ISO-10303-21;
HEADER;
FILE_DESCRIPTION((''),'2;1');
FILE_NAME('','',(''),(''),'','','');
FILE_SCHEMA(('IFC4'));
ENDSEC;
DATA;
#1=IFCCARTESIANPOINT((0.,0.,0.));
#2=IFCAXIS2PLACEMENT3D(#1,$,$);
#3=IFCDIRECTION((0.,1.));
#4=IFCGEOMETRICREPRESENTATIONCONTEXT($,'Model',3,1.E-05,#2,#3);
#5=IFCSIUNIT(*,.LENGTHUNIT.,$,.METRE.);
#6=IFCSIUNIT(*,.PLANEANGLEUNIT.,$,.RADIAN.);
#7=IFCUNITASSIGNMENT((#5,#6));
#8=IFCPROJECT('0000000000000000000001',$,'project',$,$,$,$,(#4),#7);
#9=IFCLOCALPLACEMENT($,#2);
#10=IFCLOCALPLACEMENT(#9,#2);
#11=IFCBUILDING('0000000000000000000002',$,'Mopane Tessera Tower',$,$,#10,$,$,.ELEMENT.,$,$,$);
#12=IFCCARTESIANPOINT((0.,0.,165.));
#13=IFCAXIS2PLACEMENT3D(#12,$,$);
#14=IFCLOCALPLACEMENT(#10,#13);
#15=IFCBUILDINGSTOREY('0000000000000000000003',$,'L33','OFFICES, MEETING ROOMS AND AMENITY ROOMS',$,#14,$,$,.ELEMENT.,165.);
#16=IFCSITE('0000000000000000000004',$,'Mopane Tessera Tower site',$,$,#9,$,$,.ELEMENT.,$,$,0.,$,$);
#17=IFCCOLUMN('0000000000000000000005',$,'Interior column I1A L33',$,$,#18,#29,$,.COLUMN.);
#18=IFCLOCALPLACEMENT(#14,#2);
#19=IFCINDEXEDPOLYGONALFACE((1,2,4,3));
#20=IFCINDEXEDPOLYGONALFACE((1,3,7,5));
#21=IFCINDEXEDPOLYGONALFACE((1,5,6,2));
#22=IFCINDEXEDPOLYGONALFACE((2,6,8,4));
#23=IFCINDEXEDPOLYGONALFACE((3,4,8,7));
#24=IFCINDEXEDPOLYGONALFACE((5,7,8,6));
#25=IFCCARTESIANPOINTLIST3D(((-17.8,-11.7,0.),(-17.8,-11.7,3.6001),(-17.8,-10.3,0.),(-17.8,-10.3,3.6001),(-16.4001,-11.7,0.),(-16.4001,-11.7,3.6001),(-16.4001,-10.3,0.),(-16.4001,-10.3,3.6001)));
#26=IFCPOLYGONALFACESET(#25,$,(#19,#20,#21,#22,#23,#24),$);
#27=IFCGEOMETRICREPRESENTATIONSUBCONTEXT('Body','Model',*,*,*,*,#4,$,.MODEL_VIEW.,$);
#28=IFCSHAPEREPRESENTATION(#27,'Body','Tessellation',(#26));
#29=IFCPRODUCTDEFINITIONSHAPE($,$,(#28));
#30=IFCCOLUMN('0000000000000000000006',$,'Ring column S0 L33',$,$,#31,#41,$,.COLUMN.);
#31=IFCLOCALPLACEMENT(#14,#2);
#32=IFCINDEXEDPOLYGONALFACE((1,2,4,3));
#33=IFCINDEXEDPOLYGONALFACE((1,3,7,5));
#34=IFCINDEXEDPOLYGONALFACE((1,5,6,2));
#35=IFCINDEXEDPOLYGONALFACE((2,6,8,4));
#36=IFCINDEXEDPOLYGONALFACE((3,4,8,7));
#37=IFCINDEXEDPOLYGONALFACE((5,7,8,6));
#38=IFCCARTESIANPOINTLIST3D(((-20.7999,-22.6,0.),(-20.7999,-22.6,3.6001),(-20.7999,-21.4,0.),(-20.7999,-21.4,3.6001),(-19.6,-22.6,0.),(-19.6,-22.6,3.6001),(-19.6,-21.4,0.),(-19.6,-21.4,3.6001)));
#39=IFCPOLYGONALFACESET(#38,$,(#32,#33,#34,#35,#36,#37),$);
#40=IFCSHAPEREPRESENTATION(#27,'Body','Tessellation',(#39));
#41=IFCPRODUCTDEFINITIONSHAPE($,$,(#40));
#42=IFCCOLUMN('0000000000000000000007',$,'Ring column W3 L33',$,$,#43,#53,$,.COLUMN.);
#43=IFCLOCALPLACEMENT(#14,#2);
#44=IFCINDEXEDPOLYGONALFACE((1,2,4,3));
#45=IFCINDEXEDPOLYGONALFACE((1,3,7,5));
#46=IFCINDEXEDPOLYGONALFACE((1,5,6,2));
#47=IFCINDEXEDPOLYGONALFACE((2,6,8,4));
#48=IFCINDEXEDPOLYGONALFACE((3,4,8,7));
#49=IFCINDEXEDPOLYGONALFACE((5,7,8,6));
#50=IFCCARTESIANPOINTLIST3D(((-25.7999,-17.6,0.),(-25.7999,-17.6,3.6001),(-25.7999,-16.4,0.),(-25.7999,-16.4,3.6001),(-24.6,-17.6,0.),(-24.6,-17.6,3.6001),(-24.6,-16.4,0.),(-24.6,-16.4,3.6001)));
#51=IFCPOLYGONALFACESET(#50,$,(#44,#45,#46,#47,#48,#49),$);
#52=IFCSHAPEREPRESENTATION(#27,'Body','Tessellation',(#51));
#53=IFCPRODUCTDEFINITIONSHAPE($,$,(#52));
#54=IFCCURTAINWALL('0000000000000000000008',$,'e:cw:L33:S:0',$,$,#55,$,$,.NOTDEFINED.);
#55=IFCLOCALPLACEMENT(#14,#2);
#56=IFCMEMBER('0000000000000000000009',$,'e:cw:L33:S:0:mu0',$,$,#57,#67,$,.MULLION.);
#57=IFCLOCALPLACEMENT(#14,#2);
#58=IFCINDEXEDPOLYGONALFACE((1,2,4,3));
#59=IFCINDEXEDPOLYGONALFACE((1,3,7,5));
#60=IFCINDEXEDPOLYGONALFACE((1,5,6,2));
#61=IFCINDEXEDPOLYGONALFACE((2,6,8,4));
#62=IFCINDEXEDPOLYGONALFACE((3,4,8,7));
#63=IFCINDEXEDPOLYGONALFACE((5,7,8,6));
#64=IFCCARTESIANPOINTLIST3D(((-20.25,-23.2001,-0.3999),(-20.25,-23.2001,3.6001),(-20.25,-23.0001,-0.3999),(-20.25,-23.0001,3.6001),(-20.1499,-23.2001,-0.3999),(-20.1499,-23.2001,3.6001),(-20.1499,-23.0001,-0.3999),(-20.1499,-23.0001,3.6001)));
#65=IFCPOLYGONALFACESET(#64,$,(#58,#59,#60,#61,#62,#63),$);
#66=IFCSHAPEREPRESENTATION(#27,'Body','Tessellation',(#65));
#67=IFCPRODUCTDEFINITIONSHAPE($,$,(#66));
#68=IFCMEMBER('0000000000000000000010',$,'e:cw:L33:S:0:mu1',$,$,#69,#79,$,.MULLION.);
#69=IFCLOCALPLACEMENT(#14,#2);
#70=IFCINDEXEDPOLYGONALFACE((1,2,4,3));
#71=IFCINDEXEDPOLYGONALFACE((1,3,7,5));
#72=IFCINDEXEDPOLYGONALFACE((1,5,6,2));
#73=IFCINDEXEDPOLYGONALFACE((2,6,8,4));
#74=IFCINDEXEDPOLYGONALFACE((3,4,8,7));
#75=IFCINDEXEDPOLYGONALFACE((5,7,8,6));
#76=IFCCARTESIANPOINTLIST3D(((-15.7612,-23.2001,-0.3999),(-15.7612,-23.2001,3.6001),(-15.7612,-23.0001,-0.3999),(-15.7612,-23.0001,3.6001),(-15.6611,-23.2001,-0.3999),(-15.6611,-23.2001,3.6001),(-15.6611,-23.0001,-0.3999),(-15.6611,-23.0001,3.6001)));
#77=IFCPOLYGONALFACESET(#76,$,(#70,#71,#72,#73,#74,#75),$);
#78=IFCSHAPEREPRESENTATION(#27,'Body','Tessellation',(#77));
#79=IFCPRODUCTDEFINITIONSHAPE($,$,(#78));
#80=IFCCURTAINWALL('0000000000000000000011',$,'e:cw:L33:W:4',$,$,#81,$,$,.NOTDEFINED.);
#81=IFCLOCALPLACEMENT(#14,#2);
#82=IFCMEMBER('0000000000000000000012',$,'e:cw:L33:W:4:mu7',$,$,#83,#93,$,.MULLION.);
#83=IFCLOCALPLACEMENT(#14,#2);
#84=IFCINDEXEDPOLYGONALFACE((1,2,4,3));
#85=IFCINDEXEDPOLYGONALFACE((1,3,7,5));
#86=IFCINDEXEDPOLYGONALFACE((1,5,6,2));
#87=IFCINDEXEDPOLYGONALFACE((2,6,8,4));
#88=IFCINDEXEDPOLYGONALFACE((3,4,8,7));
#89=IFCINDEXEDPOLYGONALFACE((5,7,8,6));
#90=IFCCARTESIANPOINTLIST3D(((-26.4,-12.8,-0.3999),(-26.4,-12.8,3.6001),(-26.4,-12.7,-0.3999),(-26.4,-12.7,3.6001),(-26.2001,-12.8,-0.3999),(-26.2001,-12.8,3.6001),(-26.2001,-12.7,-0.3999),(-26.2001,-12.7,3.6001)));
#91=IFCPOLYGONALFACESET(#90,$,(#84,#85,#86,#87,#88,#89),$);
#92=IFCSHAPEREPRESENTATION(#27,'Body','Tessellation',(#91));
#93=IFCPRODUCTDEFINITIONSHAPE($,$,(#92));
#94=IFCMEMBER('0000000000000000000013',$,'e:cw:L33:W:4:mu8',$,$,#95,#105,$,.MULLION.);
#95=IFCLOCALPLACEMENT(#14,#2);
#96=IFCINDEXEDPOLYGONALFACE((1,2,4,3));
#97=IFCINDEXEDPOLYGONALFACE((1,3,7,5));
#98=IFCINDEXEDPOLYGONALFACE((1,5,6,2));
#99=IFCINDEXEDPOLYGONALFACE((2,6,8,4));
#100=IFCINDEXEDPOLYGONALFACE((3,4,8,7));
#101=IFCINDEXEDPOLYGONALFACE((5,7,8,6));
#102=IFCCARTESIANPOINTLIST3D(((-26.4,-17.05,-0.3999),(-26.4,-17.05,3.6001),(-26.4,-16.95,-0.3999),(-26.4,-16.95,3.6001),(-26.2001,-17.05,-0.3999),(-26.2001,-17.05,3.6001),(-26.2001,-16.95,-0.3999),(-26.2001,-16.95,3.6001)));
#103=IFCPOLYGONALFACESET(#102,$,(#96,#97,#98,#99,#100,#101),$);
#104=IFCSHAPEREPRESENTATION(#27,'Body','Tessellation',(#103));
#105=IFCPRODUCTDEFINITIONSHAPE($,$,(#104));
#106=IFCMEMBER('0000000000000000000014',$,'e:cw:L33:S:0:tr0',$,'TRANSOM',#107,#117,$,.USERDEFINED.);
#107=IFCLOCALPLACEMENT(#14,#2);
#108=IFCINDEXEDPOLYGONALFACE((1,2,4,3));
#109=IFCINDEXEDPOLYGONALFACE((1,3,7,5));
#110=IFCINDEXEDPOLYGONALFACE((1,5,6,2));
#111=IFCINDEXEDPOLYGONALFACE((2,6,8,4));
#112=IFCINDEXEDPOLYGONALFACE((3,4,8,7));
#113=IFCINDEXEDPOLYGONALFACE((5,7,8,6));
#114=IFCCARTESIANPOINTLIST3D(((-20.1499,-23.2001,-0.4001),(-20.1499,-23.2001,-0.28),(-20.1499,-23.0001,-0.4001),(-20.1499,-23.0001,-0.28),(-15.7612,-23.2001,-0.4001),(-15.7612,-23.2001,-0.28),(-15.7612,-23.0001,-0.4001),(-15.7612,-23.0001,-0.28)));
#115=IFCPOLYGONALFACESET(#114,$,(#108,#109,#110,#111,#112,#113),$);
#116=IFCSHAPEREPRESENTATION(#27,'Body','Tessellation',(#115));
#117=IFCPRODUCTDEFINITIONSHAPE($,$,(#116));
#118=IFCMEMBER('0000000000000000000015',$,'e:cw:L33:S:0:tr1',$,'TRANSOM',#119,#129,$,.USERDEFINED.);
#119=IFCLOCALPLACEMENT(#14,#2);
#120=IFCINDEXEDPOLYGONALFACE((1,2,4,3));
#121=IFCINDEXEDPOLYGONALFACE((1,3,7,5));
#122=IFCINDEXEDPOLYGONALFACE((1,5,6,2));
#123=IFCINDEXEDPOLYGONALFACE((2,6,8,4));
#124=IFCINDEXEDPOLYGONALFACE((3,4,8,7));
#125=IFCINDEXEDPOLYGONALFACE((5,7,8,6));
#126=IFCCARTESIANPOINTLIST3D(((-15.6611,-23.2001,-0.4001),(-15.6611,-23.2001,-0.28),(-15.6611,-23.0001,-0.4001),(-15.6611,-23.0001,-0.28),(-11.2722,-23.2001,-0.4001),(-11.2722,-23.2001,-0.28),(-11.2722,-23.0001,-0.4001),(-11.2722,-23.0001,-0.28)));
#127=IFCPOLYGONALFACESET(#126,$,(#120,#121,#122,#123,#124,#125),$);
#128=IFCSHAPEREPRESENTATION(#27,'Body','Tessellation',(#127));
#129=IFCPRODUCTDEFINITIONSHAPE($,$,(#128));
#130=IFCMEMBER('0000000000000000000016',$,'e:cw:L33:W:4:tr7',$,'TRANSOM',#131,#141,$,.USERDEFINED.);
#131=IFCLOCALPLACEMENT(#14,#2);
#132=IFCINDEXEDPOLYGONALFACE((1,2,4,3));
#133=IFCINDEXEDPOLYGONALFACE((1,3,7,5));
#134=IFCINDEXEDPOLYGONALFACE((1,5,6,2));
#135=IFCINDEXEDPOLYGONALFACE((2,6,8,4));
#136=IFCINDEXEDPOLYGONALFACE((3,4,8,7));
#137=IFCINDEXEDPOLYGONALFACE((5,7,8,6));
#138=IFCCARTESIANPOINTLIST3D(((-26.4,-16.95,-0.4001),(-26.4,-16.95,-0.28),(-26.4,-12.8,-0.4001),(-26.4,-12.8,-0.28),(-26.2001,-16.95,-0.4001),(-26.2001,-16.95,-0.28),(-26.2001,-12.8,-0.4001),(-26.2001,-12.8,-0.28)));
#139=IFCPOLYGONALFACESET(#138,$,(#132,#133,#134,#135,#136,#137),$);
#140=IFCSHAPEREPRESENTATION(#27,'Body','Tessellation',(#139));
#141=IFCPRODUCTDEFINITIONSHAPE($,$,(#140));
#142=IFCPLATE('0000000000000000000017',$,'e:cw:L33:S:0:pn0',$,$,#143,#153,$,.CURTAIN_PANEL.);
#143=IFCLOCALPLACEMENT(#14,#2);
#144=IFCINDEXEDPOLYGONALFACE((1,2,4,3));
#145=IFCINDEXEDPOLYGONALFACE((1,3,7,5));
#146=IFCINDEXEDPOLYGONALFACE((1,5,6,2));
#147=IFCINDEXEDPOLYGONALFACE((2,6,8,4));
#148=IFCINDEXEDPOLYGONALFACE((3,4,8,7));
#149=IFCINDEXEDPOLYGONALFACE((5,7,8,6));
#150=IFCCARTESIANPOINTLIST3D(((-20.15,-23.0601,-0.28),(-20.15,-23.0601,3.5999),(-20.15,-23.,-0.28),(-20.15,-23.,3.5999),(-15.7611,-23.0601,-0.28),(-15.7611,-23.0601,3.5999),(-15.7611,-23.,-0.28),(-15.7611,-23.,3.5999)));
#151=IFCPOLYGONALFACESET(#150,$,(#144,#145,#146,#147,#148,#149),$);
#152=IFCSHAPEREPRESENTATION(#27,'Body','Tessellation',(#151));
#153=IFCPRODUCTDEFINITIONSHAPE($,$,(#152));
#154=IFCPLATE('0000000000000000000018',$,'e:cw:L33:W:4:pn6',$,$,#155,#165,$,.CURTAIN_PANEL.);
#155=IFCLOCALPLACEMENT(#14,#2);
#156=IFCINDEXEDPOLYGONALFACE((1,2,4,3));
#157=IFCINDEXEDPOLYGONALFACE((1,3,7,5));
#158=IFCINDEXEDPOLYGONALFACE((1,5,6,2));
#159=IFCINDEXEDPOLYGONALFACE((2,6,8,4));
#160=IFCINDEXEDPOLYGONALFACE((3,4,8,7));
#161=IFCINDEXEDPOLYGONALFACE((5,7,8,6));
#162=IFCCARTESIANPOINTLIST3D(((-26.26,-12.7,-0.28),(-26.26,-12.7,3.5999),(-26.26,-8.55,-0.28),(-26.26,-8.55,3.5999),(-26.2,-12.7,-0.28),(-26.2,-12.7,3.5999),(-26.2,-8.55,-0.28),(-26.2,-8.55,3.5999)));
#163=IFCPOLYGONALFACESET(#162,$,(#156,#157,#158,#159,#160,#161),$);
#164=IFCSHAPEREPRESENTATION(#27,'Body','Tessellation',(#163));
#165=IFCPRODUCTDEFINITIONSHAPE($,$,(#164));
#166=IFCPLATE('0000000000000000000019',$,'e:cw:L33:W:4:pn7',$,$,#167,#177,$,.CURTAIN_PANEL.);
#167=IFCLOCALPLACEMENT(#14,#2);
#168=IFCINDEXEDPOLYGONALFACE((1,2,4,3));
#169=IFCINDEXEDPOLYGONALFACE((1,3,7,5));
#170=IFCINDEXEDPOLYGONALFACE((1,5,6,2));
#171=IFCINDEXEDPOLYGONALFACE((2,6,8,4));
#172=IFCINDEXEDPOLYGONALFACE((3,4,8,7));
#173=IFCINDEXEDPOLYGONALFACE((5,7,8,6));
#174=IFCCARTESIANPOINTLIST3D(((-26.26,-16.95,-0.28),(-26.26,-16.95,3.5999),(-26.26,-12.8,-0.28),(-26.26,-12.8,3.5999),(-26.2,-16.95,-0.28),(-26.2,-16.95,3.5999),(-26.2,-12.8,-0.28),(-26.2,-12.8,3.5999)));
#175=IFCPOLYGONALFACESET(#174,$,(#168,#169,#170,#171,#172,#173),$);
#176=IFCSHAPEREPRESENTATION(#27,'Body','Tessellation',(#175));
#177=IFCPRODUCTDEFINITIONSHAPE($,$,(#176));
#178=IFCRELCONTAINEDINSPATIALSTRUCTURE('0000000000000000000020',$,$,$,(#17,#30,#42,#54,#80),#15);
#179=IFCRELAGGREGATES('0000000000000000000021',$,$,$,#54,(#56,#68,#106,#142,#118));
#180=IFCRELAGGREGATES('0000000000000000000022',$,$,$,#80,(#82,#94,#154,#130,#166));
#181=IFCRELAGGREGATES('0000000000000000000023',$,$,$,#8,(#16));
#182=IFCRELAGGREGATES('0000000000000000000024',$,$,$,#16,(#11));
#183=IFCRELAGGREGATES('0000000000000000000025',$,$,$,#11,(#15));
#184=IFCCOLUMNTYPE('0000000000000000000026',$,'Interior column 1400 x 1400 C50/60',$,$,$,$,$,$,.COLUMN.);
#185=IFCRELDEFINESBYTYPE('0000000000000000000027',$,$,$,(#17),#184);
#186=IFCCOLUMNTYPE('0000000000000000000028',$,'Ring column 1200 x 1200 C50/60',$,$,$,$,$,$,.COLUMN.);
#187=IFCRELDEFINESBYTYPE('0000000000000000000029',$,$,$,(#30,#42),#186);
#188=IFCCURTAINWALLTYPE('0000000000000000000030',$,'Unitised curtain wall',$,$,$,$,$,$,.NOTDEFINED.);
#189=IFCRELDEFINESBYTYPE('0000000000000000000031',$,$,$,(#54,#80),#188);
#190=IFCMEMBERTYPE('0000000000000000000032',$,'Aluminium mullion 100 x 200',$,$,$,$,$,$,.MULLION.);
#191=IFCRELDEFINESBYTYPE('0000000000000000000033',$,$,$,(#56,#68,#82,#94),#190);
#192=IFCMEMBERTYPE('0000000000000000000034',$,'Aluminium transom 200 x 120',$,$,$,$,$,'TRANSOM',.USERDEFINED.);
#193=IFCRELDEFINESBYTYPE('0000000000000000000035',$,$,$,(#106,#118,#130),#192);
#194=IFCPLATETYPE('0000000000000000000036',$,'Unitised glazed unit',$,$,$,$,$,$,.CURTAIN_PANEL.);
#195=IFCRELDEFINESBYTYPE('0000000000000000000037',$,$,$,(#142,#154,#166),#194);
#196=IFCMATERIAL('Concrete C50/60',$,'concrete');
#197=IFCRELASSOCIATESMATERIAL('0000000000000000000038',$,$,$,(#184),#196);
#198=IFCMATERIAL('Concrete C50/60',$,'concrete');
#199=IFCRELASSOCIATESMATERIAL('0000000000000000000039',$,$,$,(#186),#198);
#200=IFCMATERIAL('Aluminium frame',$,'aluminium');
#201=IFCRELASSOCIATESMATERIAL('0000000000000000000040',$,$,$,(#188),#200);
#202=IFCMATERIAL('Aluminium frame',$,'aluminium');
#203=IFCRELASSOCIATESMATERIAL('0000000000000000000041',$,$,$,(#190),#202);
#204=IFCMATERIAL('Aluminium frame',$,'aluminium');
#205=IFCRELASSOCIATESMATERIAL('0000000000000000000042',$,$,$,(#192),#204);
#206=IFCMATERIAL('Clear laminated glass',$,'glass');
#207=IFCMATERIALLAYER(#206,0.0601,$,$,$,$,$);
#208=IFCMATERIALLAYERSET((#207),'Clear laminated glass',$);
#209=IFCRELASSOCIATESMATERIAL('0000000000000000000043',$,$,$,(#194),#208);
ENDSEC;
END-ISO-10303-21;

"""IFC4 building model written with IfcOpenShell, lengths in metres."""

from ifc_helpers import new_model, si_unit, direction, frame, origin, origin_2d, place, context, subcontext, project, spatial, rectangle, extrude, material, layer, layer_set, material_profile, profile_set, type_object, element, aggregate, save


model = new_model("IFC4")

# Units and contexts
model_context = context("Model", 3, precision=1e-05, world=origin(), true_north=direction((0.0, 1.0)))
body_context = subcontext(model_context, "Body", "Model", "MODEL_VIEW")
ifc_project = project(units=[si_unit("LENGTHUNIT", "METRE"), si_unit("PLANEANGLEUNIT", "RADIAN")], contexts=[model_context])

# Site, building, storey
site_placement = place(None, origin())
site = spatial("IfcSite", under=ifc_project, at=site_placement, Name="Mopane Tessera Tower site", CompositionType="ELEMENT", RefElevation=0.0)
building_placement = place(site_placement, origin())
building = spatial("IfcBuilding", under=site, at=building_placement, Name="Mopane Tessera Tower", CompositionType="ELEMENT")
storey_placement = place(building_placement, frame((0.0, 0.0, 165.0)))
storey = spatial("IfcBuildingStorey", under=building, at=storey_placement, Name="L33", Description="OFFICES, MEETING ROOMS AND AMENITY ROOMS", CompositionType="ELEMENT", Elevation=165.0)

# Columns
ifc_material_1 = material(Name="Concrete C50/60", Category="concrete")
ifc_material_profile_1 = material_profile(ifc_material_1, rectangle(XDim=1.3999, YDim=1.3999, at=origin_2d()))
ifc_profile_set_1 = profile_set([ifc_material_profile_1], Name="Concrete C50/60")
column_type_1 = type_object("IfcColumnType", Name="Interior column 1400 x 1400 C50/60", PredefinedType="COLUMN", material=ifc_profile_set_1)
column_placement = place(storey_placement, frame((-17.1001, -11.0, 0.0), z_axis=(0.0, 0.0, 1.0), x_axis=(1.0, 0.0, 0.0)))
element("IfcColumn", 1, at=column_placement, inside=storey, type_object=column_type_1, Name="Interior column I1A L33", PredefinedType="COLUMN", context=body_context, shape_type="SweptSolid", body=[
    extrude(rectangle(XDim=1.3999, YDim=1.3999, at=origin_2d()), origin(), (0.0, 0.0, 1.0), 3.6001),
])
ifc_material_2 = material(Name="Concrete C50/60", Category="concrete")
ifc_material_profile_2 = material_profile(ifc_material_2, rectangle(XDim=1.2, YDim=1.2, at=origin_2d()))
ifc_profile_set_2 = profile_set([ifc_material_profile_2], Name="Concrete C50/60")
column_type_2 = type_object("IfcColumnType", Name="Ring column 1200 x 1200 C50/60", PredefinedType="COLUMN", material=ifc_profile_set_2)
for number, where, z_axis, x_axis, name in (
    (2, (-20.2, -22.0, 0.0), (0.0, 0.0, 1.0), (1.0, 0.0, 0.0), "Ring column S0 L33"),
    (3, (-25.2, -17.0, 0.0), (0.0, 0.0, 1.0), (1.0, 0.0, 0.0), "Ring column W3 L33"),
):
    element("IfcColumn", number, at=place(storey_placement, frame(where, z_axis=z_axis, x_axis=x_axis)), inside=storey, type_object=column_type_2, Name=name, PredefinedType="COLUMN", context=body_context, shape_type="SweptSolid", body=[
        extrude(rectangle(XDim=1.2, YDim=1.2, at=origin_2d()), origin(), (0.0, 0.0, 1.0), 3.6001),
    ])

# Curtain walls, members
ifc_material_3 = material(Name="Aluminium frame", Category="aluminium")
curtain_wall_type = type_object("IfcCurtainWallType", Name="Unitised curtain wall", PredefinedType="NOTDEFINED", material=ifc_material_3)
curtain_wall_1_placement = place(storey_placement, origin())
curtain_wall_1 = element("IfcCurtainWall", 4, at=curtain_wall_1_placement, inside=storey, type_object=curtain_wall_type, Name="e:cw:L33:S:0", PredefinedType="NOTDEFINED")
ifc_material_4 = material(Name="Aluminium frame", Category="aluminium")
ifc_material_profile_3 = material_profile(ifc_material_4, rectangle(XDim=0.1001, YDim=0.2, at=origin_2d()))
ifc_profile_set_3 = profile_set([ifc_material_profile_3], Name="Aluminium frame")
member_type_1 = type_object("IfcMemberType", Name="Aluminium mullion 100 x 200", PredefinedType="MULLION", material=ifc_profile_set_3)
member_1_placement = place(storey_placement, frame((-20.2, -23.1001, -0.3999), z_axis=(0.0, 0.0, 1.0), x_axis=(1.0, 0.0, 0.0)))
member_1 = element("IfcMember", 5, at=member_1_placement, type_object=member_type_1, Name="e:cw:L33:S:0:mu0", PredefinedType="MULLION", context=body_context, shape_type="SweptSolid", body=[
    extrude(rectangle(XDim=0.1001, YDim=0.2, at=origin_2d()), origin(), (0.0, 0.0, 1.0), 4.0),
])
member_2_placement = place(storey_placement, frame((-15.7112, -23.1001, -0.3999), z_axis=(0.0, 0.0, 1.0), x_axis=(1.0, 0.0, 0.0)))
member_2 = element("IfcMember", 6, at=member_2_placement, type_object=member_type_1, Name="e:cw:L33:S:0:mu1", PredefinedType="MULLION", context=body_context, shape_type="SweptSolid", body=[
    extrude(rectangle(XDim=0.1001, YDim=0.2, at=origin_2d()), origin(), (0.0, 0.0, 1.0), 4.0),
])
curtain_wall_2_placement = place(storey_placement, origin())
curtain_wall_2 = element("IfcCurtainWall", 7, at=curtain_wall_2_placement, inside=storey, type_object=curtain_wall_type, Name="e:cw:L33:W:4", PredefinedType="NOTDEFINED")
member_3_placement = place(storey_placement, frame((-26.3, -12.75, -0.3999), z_axis=(0.0, 0.0, 1.0), x_axis=(0.0, -1.0, 0.0)))
member_3 = element("IfcMember", 8, at=member_3_placement, type_object=member_type_1, Name="e:cw:L33:W:4:mu7", PredefinedType="MULLION", context=body_context, shape_type="SweptSolid", body=[
    extrude(rectangle(XDim=0.1001, YDim=0.2, at=origin_2d()), origin(), (0.0, 0.0, 1.0), 4.0),
])
member_4_placement = place(storey_placement, frame((-26.3, -17.0, -0.3999), z_axis=(0.0, 0.0, 1.0), x_axis=(0.0, -1.0, 0.0)))
member_4 = element("IfcMember", 9, at=member_4_placement, type_object=member_type_1, Name="e:cw:L33:W:4:mu8", PredefinedType="MULLION", context=body_context, shape_type="SweptSolid", body=[
    extrude(rectangle(XDim=0.1001, YDim=0.2, at=origin_2d()), origin(), (0.0, 0.0, 1.0), 4.0),
])

# Members
ifc_material_5 = material(Name="Aluminium frame", Category="aluminium")
ifc_material_profile_4 = material_profile(ifc_material_5, rectangle(XDim=0.2, YDim=0.1201, at=origin_2d()))
ifc_profile_set_4 = profile_set([ifc_material_profile_4], Name="Aluminium frame")
member_type_2 = type_object("IfcMemberType", Name="Aluminium transom 200 x 120", ElementType="TRANSOM", PredefinedType="USERDEFINED", material=ifc_profile_set_4)
member_5_placement = place(storey_placement, frame((-20.1499, -23.1001, -0.3401), z_axis=(1.0, 0.0, 0.0), x_axis=(0.0, 1.0, 0.0)))
member_5 = element("IfcMember", 10, at=member_5_placement, type_object=member_type_2, Name="e:cw:L33:S:0:tr0", ObjectType="TRANSOM", PredefinedType="USERDEFINED", context=body_context, shape_type="SweptSolid", body=[
    extrude(rectangle(XDim=0.2, YDim=0.1201, at=origin_2d()), origin(), (0.0, 0.0, 1.0), 4.3887),
])
member_6_placement = place(storey_placement, frame((-15.6611, -23.1001, -0.3401), z_axis=(1.0, 0.0, 0.0), x_axis=(0.0, 1.0, 0.0)))
member_6 = element("IfcMember", 11, at=member_6_placement, type_object=member_type_2, Name="e:cw:L33:S:0:tr1", ObjectType="TRANSOM", PredefinedType="USERDEFINED", context=body_context, shape_type="SweptSolid", body=[
    extrude(rectangle(XDim=0.2, YDim=0.1201, at=origin_2d()), origin(), (0.0, 0.0, 1.0), 4.3889),
])
member_7_placement = place(storey_placement, frame((-26.3, -12.8, -0.3401), z_axis=(0.0, -1.0, 0.0), x_axis=(1.0, 0.0, 0.0)))
member_7 = element("IfcMember", 12, at=member_7_placement, type_object=member_type_2, Name="e:cw:L33:W:4:tr7", ObjectType="TRANSOM", PredefinedType="USERDEFINED", context=body_context, shape_type="SweptSolid", body=[
    extrude(rectangle(XDim=0.2, YDim=0.1201, at=origin_2d()), origin(), (0.0, 0.0, 1.0), 4.1499),
])

# Plates
ifc_material_6 = material(Name="Clear laminated glass", Category="glass")
ifc_layer_1 = layer(ifc_material_6, 0.0601)
ifc_layer_set_1 = layer_set([ifc_layer_1], Name="Clear laminated glass")
plate_type = type_object("IfcPlateType", Name="Unitised glazed unit", PredefinedType="CURTAIN_PANEL", material=ifc_layer_set_1)
plate_1_placement = place(storey_placement, frame((-17.9556, -23.03, -0.28), z_axis=(0.0, 0.0, 1.0), x_axis=(1.0, 0.0, 0.0)))
plate_1 = element("IfcPlate", 13, at=plate_1_placement, type_object=plate_type, Name="e:cw:L33:S:0:pn0", PredefinedType="CURTAIN_PANEL", context=body_context, shape_type="SweptSolid", body=[
    extrude(rectangle(XDim=4.3889, YDim=0.0601, at=origin_2d()), origin(), (0.0, 0.0, 1.0), 3.8799),
])
aggregate(curtain_wall_1, [member_1, member_2, member_5, plate_1, member_6])
plate_2_placement = place(storey_placement, frame((-26.23, -10.625, -0.28), z_axis=(0.0, 0.0, 1.0), x_axis=(0.0, -1.0, 0.0)))
plate_2 = element("IfcPlate", 14, at=plate_2_placement, type_object=plate_type, Name="e:cw:L33:W:4:pn6", PredefinedType="CURTAIN_PANEL", context=body_context, shape_type="SweptSolid", body=[
    extrude(rectangle(XDim=4.1499, YDim=0.0601, at=origin_2d()), origin(), (0.0, 0.0, 1.0), 3.8799),
])
plate_3_placement = place(storey_placement, frame((-26.23, -14.875, -0.28), z_axis=(0.0, 0.0, 1.0), x_axis=(0.0, -1.0, 0.0)))
plate_3 = element("IfcPlate", 15, at=plate_3_placement, type_object=plate_type, Name="e:cw:L33:W:4:pn7", PredefinedType="CURTAIN_PANEL", context=body_context, shape_type="SweptSolid", body=[
    extrude(rectangle(XDim=4.1499, YDim=0.0601, at=origin_2d()), origin(), (0.0, 0.0, 1.0), 3.8799),
])
aggregate(curtain_wall_2, [member_3, member_4, plate_2, member_7, plate_3])

save(model, "model.ifc")
